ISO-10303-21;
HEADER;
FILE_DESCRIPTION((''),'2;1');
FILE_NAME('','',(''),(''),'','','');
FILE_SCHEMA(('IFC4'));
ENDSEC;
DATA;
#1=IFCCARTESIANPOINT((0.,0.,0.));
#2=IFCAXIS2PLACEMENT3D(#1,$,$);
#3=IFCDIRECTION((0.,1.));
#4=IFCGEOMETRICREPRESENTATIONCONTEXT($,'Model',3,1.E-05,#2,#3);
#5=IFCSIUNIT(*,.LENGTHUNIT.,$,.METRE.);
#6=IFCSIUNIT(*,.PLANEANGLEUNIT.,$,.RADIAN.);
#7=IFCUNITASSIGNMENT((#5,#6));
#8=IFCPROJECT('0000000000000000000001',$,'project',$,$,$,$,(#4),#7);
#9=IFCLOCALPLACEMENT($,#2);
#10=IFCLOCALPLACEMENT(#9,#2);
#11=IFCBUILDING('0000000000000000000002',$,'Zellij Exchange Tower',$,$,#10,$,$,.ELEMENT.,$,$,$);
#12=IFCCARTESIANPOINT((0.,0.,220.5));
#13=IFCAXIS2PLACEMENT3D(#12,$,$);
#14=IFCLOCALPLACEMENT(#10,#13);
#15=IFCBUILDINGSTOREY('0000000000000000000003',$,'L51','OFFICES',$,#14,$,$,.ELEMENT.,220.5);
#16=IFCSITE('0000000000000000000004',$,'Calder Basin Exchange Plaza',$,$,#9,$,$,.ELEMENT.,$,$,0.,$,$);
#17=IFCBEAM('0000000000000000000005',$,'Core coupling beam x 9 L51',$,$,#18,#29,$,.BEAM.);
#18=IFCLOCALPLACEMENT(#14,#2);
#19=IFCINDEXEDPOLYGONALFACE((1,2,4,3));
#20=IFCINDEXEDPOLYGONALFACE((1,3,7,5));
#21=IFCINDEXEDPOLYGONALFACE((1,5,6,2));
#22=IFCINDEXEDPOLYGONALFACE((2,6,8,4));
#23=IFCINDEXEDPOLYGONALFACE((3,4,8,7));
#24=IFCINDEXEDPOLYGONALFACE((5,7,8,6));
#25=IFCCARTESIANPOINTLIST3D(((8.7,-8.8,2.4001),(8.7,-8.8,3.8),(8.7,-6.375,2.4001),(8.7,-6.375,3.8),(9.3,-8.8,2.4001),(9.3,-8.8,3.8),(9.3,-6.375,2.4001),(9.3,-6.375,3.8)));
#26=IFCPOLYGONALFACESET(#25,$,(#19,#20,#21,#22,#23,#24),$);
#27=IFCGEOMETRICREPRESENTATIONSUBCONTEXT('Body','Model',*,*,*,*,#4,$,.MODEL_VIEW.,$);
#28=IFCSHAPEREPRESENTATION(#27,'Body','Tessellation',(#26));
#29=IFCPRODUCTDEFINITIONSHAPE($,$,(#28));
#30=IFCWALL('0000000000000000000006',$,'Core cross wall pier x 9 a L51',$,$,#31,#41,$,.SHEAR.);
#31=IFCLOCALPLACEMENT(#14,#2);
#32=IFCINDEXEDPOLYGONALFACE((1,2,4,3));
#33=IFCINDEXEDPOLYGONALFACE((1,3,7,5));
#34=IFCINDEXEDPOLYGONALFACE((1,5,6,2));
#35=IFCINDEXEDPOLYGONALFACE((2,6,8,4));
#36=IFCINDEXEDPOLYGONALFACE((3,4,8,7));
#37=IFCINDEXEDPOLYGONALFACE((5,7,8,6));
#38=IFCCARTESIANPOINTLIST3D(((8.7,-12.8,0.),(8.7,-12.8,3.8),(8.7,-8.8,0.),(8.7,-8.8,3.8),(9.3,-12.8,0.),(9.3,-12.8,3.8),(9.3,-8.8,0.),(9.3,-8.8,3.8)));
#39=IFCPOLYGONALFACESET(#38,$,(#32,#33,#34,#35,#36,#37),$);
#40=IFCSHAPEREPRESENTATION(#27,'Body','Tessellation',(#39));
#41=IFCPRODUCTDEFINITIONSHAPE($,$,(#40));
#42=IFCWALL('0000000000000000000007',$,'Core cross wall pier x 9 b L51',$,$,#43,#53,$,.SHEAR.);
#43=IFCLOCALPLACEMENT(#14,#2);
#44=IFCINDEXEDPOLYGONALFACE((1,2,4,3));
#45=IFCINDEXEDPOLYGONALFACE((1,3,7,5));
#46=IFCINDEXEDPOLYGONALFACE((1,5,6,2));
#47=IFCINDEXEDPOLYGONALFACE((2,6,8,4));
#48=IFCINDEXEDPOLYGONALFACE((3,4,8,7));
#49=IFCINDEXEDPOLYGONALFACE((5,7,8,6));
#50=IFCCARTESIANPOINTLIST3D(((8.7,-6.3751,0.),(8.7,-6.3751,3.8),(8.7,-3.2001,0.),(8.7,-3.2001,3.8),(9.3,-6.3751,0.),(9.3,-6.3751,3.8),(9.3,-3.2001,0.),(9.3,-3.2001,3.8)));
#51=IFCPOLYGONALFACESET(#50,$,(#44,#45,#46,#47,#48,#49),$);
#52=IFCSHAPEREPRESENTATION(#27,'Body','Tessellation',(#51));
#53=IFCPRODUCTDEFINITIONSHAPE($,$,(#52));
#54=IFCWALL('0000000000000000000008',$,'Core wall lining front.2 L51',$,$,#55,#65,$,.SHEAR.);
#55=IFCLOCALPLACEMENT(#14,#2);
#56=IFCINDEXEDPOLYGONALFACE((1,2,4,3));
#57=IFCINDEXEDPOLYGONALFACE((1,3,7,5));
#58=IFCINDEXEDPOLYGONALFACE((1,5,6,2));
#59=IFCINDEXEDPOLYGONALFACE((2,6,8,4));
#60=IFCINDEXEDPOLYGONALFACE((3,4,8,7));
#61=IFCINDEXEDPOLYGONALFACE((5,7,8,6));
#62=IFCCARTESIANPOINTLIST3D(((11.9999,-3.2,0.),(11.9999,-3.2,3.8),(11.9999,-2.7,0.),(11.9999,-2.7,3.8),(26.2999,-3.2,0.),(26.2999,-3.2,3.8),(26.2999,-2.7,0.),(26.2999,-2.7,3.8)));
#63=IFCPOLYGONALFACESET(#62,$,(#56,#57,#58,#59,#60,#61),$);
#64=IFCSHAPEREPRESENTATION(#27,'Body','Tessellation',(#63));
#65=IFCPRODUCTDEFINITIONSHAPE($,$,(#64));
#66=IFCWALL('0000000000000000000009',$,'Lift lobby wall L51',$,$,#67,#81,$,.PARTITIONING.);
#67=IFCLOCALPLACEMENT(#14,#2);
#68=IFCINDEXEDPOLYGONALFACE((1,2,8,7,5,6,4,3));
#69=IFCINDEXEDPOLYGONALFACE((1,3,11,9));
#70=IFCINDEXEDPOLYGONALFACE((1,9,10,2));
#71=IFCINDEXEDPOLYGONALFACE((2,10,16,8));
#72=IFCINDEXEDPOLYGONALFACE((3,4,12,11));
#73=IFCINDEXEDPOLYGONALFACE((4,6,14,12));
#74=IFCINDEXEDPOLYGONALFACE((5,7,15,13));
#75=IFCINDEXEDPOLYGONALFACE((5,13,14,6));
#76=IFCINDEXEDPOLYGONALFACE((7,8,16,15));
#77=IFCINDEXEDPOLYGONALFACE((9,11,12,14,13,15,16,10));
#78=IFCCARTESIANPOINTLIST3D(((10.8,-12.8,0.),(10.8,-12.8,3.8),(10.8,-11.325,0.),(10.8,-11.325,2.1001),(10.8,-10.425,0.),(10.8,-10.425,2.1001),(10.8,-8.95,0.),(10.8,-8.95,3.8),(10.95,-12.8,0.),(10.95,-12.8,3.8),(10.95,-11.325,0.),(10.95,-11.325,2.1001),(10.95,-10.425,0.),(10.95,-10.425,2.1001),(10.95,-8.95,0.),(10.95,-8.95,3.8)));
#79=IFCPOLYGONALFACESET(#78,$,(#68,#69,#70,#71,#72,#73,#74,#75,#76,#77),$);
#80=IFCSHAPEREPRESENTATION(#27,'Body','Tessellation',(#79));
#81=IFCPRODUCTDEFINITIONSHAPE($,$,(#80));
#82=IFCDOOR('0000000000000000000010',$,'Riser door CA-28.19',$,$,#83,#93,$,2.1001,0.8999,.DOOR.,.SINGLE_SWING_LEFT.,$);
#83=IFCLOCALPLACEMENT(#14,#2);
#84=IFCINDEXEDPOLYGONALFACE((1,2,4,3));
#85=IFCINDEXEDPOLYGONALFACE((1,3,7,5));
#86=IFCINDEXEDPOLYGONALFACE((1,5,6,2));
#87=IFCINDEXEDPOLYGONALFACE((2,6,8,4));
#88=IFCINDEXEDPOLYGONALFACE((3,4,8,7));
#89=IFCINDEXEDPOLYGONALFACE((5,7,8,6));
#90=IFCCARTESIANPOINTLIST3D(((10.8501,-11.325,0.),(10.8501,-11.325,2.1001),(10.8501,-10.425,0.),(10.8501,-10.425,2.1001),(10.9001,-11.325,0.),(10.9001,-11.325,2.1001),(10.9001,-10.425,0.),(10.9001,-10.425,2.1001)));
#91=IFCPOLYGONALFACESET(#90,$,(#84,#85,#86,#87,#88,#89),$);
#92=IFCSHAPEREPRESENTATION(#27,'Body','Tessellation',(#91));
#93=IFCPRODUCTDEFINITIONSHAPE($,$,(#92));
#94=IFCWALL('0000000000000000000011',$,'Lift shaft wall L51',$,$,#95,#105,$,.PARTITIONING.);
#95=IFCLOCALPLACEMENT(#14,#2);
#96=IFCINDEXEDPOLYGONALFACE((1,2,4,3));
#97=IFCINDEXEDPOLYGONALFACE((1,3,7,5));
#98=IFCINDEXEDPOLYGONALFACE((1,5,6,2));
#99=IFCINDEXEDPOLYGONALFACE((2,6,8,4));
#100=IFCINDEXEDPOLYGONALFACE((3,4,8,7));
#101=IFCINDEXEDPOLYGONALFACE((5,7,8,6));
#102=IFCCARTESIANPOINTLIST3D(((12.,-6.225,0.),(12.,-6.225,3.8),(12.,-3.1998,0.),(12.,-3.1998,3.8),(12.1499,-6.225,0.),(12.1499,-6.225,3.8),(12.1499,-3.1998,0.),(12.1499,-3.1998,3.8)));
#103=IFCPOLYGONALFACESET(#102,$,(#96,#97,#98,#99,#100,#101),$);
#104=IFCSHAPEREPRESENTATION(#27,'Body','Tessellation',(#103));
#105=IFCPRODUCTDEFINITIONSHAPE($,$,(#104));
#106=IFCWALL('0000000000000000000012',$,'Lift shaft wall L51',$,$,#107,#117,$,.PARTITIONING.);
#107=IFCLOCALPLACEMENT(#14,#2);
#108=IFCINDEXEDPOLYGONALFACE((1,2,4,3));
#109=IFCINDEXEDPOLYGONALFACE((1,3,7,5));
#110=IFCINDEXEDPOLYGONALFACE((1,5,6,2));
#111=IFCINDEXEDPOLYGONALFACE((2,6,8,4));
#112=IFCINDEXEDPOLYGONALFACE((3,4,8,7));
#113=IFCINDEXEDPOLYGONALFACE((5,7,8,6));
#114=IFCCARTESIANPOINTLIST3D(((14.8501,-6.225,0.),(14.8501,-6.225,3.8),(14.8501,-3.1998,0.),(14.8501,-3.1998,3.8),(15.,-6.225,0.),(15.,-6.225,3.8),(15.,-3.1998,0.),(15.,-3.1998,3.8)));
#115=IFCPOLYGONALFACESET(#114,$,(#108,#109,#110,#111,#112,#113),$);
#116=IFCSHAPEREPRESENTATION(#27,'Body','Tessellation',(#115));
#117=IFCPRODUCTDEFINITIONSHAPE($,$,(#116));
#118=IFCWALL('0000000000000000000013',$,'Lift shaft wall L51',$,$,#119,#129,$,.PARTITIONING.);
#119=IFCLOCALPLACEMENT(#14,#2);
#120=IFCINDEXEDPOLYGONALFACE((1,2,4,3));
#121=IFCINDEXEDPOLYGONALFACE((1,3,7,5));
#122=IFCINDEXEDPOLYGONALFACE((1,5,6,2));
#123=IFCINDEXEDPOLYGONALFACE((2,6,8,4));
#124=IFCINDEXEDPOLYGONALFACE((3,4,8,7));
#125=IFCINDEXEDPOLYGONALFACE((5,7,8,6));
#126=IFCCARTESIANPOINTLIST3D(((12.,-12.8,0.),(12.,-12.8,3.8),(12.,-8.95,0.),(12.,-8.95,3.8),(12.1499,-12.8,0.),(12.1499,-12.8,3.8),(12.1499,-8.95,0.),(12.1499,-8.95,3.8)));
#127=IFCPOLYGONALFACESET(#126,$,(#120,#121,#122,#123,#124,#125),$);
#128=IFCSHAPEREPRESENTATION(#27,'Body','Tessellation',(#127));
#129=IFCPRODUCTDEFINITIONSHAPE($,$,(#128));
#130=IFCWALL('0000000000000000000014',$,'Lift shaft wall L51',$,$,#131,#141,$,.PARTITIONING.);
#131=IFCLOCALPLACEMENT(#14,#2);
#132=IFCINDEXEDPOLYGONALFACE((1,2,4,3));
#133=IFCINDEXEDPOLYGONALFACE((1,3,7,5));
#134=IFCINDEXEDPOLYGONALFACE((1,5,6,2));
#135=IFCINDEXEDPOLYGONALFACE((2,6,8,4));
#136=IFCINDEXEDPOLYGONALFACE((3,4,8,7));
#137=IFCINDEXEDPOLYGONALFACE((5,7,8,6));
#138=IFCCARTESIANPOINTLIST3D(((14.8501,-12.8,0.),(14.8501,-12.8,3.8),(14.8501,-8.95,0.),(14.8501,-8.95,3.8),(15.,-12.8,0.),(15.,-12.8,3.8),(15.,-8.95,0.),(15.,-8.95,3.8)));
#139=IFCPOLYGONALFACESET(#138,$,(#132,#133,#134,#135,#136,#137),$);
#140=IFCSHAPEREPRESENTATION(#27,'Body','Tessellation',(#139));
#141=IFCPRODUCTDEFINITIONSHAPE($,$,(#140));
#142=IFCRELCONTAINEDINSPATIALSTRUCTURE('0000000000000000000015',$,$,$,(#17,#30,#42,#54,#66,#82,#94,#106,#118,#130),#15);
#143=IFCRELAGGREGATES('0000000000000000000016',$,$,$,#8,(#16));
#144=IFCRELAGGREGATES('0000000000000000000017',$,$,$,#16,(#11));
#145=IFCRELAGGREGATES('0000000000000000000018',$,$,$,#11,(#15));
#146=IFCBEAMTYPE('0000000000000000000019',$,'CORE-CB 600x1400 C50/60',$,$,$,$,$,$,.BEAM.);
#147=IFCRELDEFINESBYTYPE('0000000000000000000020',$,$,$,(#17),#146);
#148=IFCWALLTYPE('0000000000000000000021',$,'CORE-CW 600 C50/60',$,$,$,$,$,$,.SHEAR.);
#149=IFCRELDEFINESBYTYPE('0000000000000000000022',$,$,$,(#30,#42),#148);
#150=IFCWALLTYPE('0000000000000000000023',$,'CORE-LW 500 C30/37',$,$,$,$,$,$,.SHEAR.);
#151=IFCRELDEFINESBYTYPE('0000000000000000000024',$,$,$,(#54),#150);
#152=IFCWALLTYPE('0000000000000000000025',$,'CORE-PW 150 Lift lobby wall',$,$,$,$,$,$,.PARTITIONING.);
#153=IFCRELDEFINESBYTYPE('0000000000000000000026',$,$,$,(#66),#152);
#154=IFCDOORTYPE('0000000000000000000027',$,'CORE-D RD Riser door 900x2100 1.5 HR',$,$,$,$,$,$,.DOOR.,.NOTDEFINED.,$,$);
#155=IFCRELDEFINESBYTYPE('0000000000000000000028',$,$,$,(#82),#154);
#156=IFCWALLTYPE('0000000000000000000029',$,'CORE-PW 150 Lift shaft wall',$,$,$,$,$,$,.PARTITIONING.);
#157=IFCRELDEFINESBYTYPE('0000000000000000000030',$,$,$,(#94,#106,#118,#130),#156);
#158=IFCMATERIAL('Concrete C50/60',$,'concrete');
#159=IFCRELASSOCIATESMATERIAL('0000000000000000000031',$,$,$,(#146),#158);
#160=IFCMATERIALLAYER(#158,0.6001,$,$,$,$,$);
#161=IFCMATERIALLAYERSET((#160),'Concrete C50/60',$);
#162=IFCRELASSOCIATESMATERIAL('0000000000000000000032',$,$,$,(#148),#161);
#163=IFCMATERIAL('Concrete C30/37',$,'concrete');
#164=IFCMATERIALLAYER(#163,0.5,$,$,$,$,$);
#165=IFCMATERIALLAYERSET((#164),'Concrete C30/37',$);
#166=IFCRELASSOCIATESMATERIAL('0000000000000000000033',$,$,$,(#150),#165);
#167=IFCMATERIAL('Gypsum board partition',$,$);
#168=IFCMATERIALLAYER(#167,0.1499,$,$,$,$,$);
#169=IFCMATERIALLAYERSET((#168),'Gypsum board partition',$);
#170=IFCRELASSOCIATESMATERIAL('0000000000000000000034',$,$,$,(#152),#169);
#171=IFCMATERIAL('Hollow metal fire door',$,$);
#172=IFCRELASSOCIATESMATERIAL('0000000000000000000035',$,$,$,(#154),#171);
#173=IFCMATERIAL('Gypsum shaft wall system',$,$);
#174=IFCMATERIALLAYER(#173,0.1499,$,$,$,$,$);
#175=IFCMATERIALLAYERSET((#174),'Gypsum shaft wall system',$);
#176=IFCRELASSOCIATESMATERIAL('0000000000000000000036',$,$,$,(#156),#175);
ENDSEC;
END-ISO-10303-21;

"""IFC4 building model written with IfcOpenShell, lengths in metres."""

from ifc_helpers import new_model, si_unit, direction, frame, frame_2d, origin, origin_2d, place, context, subcontext, project, spatial, rectangle, extrude, material, layer, layer_set, material_profile, profile_set, type_object, element, fill, save


model = new_model("IFC4")

# Units and contexts
model_context = context("Model", 3, precision=1e-05, world=origin(), true_north=direction((0.0, 1.0)))
body_context = subcontext(model_context, "Body", "Model", "MODEL_VIEW")
ifc_project = project(units=[si_unit("LENGTHUNIT", "METRE"), si_unit("PLANEANGLEUNIT", "RADIAN")], contexts=[model_context])

# Site, building, storey
site_placement = place(None, origin())
site = spatial("IfcSite", under=ifc_project, at=site_placement, Name="Calder Basin Exchange Plaza", CompositionType="ELEMENT", RefElevation=0.0)
building_placement = place(site_placement, origin())
building = spatial("IfcBuilding", under=site, at=building_placement, Name="Zellij Exchange Tower", CompositionType="ELEMENT")
storey_placement = place(building_placement, frame((0.0, 0.0, 220.5)))
storey = spatial("IfcBuildingStorey", under=building, at=storey_placement, Name="L51", Description="OFFICES", CompositionType="ELEMENT", Elevation=220.5)

# Beam
ifc_material_1 = material(Name="Concrete C50/60", Category="concrete")
ifc_material_profile = material_profile(ifc_material_1, rectangle(XDim=0.6001, YDim=1.3999, at=origin_2d()), Name="CORE-CB 600x1400 C50/60")
ifc_profile_set = profile_set([ifc_material_profile], Name="Concrete C50/60")
beam_type = type_object("IfcBeamType", Name="CORE-CB 600x1400 C50/60", PredefinedType="BEAM", material=ifc_profile_set)
beam_placement = place(storey_placement, frame((9.0, -8.8, 3.1001), z_axis=(0.0, 1.0, 0.0), x_axis=(-1.0, 0.0, 0.0)))
element("IfcBeam", 1, at=beam_placement, inside=storey, type_object=beam_type, Name="Core coupling beam x 9 L51", PredefinedType="BEAM", context=body_context, shape_type="SweptSolid", body=[
    extrude(rectangle(XDim=0.6001, YDim=1.3999, at=origin_2d()), origin(), (0.0, 0.0, 1.0), 2.425),
])

# Walls
ifc_layer_1 = layer(ifc_material_1, 0.6001)
ifc_layer_set_1 = layer_set([ifc_layer_1], Name="Concrete C50/60")
wall_type_1 = type_object("IfcWallType", Name="CORE-CW 600 C50/60", PredefinedType="SHEAR", material=ifc_layer_set_1)
wall_1_placement = place(storey_placement, frame((9.0, -12.8, 0.0), z_axis=(0.0, 0.0, 1.0), x_axis=(0.0, 1.0, 0.0)))
element("IfcWall", 2, at=wall_1_placement, inside=storey, type_object=wall_type_1, Name="Core cross wall pier x 9 a L51", PredefinedType="SHEAR", context=body_context, shape_type="SweptSolid", body=[
    extrude(rectangle(XDim=4.0, YDim=0.6001, at=frame_2d((2.0, 0.0))), origin(), (0.0, 0.0, 1.0), 3.8),
])
wall_2_placement = place(storey_placement, frame((9.0, -6.375, 0.0), z_axis=(0.0, 0.0, 1.0), x_axis=(0.0, 1.0, 0.0)))
element("IfcWall", 3, at=wall_2_placement, inside=storey, type_object=wall_type_1, Name="Core cross wall pier x 9 b L51", PredefinedType="SHEAR", context=body_context, shape_type="SweptSolid", body=[
    extrude(rectangle(XDim=3.175, YDim=0.6001, at=frame_2d((1.5874, 0.0))), origin(), (0.0, 0.0, 1.0), 3.8),
])
ifc_material_2 = material(Name="Concrete C30/37", Category="concrete")
ifc_layer_2 = layer(ifc_material_2, 0.5)
ifc_layer_set_2 = layer_set([ifc_layer_2], Name="Concrete C30/37")
wall_type_2 = type_object("IfcWallType", Name="CORE-LW 500 C30/37", PredefinedType="SHEAR", material=ifc_layer_set_2)
wall_3_placement = place(storey_placement, frame((12.0, -2.95, 0.0), z_axis=(0.0, 0.0, 1.0), x_axis=(1.0, 0.0, 0.0)))
element("IfcWall", 4, at=wall_3_placement, inside=storey, type_object=wall_type_2, Name="Core wall lining front.2 L51", PredefinedType="SHEAR", context=body_context, shape_type="SweptSolid", body=[
    extrude(rectangle(XDim=14.3, YDim=0.5, at=frame_2d((7.1499, 0.0))), origin(), (0.0, 0.0, 1.0), 3.8),
])

# Wall, opening, door
ifc_material_3 = material(Name="Gypsum board partition")
ifc_layer_3 = layer(ifc_material_3, 0.1499)
ifc_layer_set_3 = layer_set([ifc_layer_3], Name="Gypsum board partition")
wall_type_3 = type_object("IfcWallType", Name="CORE-PW 150 Lift lobby wall", PredefinedType="PARTITIONING", material=ifc_layer_set_3)
wall_4_placement = place(storey_placement, frame((10.875, -12.8, 0.0), z_axis=(0.0, 0.0, 1.0), x_axis=(0.0, 1.0, 0.0)))
wall_4 = element("IfcWall", 5, at=wall_4_placement, inside=storey, type_object=wall_type_3, Name="Lift lobby wall L51", PredefinedType="PARTITIONING", context=body_context, shape_type="SweptSolid", body=[
    extrude(rectangle(XDim=3.8501, YDim=0.1499, at=frame_2d((1.925, 0.0))), origin(), (0.0, 0.0, 1.0), 3.8),
])
opening_1_placement = place(wall_4_placement, frame((1.4751, 0.0, 0.0)))
opening_1 = element("IfcOpeningElement", 6, at=opening_1_placement, cuts=wall_4, PredefinedType="OPENING", context=body_context, shape_type="SweptSolid", body=[
    extrude(rectangle(XDim=0.8999, YDim=2.1001, at=frame_2d((0.45, 1.05))), frame((0.0, 0.0869, 0.0), z_axis=(0.0, -1.0, 0.0), x_axis=(1.0, 0.0, 0.0)), (0.0, 0.0, 1.0), 0.1738),
])
ifc_material_4 = material(Name="Hollow metal fire door")
door_type_1 = type_object("IfcDoorType", Name="CORE-D RD Riser door 900x2100 1.5 HR", OperationType="NOTDEFINED", PredefinedType="DOOR", material=ifc_material_4)
door_1_placement = place(opening_1_placement, origin())
door_1 = element("IfcDoor", 7, at=door_1_placement, inside=storey, type_object=door_type_1, Name="Riser door CA-28.19", OperationType="SINGLE_SWING_LEFT", OverallHeight=2.1001, OverallWidth=0.8999, PredefinedType="DOOR", context=body_context, shape_type="SweptSolid", body=[
    extrude(rectangle(XDim=0.8999, YDim=2.1001, at=frame_2d((0.45, 1.05))), frame((0.0, 0.0249, 0.0), z_axis=(0.0, -1.0, 0.0), x_axis=(1.0, 0.0, 0.0)), (0.0, 0.0, 1.0), 0.05),
])
fill(opening_1, door_1)

# Walls
ifc_material_5 = material(Name="Gypsum shaft wall system")
ifc_layer_4 = layer(ifc_material_5, 0.1499)
ifc_layer_set_4 = layer_set([ifc_layer_4], Name="Gypsum shaft wall system")
wall_type_4 = type_object("IfcWallType", Name="CORE-PW 150 Lift shaft wall", PredefinedType="PARTITIONING", material=ifc_layer_set_4)
for number, where, z_axis, x_axis, name in (
    (8, (12.075, -6.2251, 0.0), (0.0, 0.0, 1.0), (0.0, 1.0, 0.0), "Lift shaft wall L51"),
    (9, (14.925, -6.2251, 0.0), (0.0, 0.0, 1.0), (0.0, 1.0, 0.0), "Lift shaft wall L51"),
):
    element("IfcWall", number, at=place(storey_placement, frame(where, z_axis=z_axis, x_axis=x_axis)), inside=storey, type_object=wall_type_4, Name=name, PredefinedType="PARTITIONING", context=body_context, shape_type="SweptSolid", body=[
        extrude(rectangle(XDim=3.0251, YDim=0.1499, at=frame_2d((1.5127, 0.0))), origin(), (0.0, 0.0, 1.0), 3.8),
    ])
for number, where, z_axis, x_axis, name in (
    (10, (12.075, -12.8, 0.0), (0.0, 0.0, 1.0), (0.0, 1.0, 0.0), "Lift shaft wall L51"),
    (11, (14.925, -12.8, 0.0), (0.0, 0.0, 1.0), (0.0, 1.0, 0.0), "Lift shaft wall L51"),
):
    element("IfcWall", number, at=place(storey_placement, frame(where, z_axis=z_axis, x_axis=x_axis)), inside=storey, type_object=wall_type_4, Name=name, PredefinedType="PARTITIONING", context=body_context, shape_type="SweptSolid", body=[
        extrude(rectangle(XDim=3.8501, YDim=0.1499, at=frame_2d((1.925, 0.0))), origin(), (0.0, 0.0, 1.0), 3.8),
    ])

save(model, "model.ifc")
